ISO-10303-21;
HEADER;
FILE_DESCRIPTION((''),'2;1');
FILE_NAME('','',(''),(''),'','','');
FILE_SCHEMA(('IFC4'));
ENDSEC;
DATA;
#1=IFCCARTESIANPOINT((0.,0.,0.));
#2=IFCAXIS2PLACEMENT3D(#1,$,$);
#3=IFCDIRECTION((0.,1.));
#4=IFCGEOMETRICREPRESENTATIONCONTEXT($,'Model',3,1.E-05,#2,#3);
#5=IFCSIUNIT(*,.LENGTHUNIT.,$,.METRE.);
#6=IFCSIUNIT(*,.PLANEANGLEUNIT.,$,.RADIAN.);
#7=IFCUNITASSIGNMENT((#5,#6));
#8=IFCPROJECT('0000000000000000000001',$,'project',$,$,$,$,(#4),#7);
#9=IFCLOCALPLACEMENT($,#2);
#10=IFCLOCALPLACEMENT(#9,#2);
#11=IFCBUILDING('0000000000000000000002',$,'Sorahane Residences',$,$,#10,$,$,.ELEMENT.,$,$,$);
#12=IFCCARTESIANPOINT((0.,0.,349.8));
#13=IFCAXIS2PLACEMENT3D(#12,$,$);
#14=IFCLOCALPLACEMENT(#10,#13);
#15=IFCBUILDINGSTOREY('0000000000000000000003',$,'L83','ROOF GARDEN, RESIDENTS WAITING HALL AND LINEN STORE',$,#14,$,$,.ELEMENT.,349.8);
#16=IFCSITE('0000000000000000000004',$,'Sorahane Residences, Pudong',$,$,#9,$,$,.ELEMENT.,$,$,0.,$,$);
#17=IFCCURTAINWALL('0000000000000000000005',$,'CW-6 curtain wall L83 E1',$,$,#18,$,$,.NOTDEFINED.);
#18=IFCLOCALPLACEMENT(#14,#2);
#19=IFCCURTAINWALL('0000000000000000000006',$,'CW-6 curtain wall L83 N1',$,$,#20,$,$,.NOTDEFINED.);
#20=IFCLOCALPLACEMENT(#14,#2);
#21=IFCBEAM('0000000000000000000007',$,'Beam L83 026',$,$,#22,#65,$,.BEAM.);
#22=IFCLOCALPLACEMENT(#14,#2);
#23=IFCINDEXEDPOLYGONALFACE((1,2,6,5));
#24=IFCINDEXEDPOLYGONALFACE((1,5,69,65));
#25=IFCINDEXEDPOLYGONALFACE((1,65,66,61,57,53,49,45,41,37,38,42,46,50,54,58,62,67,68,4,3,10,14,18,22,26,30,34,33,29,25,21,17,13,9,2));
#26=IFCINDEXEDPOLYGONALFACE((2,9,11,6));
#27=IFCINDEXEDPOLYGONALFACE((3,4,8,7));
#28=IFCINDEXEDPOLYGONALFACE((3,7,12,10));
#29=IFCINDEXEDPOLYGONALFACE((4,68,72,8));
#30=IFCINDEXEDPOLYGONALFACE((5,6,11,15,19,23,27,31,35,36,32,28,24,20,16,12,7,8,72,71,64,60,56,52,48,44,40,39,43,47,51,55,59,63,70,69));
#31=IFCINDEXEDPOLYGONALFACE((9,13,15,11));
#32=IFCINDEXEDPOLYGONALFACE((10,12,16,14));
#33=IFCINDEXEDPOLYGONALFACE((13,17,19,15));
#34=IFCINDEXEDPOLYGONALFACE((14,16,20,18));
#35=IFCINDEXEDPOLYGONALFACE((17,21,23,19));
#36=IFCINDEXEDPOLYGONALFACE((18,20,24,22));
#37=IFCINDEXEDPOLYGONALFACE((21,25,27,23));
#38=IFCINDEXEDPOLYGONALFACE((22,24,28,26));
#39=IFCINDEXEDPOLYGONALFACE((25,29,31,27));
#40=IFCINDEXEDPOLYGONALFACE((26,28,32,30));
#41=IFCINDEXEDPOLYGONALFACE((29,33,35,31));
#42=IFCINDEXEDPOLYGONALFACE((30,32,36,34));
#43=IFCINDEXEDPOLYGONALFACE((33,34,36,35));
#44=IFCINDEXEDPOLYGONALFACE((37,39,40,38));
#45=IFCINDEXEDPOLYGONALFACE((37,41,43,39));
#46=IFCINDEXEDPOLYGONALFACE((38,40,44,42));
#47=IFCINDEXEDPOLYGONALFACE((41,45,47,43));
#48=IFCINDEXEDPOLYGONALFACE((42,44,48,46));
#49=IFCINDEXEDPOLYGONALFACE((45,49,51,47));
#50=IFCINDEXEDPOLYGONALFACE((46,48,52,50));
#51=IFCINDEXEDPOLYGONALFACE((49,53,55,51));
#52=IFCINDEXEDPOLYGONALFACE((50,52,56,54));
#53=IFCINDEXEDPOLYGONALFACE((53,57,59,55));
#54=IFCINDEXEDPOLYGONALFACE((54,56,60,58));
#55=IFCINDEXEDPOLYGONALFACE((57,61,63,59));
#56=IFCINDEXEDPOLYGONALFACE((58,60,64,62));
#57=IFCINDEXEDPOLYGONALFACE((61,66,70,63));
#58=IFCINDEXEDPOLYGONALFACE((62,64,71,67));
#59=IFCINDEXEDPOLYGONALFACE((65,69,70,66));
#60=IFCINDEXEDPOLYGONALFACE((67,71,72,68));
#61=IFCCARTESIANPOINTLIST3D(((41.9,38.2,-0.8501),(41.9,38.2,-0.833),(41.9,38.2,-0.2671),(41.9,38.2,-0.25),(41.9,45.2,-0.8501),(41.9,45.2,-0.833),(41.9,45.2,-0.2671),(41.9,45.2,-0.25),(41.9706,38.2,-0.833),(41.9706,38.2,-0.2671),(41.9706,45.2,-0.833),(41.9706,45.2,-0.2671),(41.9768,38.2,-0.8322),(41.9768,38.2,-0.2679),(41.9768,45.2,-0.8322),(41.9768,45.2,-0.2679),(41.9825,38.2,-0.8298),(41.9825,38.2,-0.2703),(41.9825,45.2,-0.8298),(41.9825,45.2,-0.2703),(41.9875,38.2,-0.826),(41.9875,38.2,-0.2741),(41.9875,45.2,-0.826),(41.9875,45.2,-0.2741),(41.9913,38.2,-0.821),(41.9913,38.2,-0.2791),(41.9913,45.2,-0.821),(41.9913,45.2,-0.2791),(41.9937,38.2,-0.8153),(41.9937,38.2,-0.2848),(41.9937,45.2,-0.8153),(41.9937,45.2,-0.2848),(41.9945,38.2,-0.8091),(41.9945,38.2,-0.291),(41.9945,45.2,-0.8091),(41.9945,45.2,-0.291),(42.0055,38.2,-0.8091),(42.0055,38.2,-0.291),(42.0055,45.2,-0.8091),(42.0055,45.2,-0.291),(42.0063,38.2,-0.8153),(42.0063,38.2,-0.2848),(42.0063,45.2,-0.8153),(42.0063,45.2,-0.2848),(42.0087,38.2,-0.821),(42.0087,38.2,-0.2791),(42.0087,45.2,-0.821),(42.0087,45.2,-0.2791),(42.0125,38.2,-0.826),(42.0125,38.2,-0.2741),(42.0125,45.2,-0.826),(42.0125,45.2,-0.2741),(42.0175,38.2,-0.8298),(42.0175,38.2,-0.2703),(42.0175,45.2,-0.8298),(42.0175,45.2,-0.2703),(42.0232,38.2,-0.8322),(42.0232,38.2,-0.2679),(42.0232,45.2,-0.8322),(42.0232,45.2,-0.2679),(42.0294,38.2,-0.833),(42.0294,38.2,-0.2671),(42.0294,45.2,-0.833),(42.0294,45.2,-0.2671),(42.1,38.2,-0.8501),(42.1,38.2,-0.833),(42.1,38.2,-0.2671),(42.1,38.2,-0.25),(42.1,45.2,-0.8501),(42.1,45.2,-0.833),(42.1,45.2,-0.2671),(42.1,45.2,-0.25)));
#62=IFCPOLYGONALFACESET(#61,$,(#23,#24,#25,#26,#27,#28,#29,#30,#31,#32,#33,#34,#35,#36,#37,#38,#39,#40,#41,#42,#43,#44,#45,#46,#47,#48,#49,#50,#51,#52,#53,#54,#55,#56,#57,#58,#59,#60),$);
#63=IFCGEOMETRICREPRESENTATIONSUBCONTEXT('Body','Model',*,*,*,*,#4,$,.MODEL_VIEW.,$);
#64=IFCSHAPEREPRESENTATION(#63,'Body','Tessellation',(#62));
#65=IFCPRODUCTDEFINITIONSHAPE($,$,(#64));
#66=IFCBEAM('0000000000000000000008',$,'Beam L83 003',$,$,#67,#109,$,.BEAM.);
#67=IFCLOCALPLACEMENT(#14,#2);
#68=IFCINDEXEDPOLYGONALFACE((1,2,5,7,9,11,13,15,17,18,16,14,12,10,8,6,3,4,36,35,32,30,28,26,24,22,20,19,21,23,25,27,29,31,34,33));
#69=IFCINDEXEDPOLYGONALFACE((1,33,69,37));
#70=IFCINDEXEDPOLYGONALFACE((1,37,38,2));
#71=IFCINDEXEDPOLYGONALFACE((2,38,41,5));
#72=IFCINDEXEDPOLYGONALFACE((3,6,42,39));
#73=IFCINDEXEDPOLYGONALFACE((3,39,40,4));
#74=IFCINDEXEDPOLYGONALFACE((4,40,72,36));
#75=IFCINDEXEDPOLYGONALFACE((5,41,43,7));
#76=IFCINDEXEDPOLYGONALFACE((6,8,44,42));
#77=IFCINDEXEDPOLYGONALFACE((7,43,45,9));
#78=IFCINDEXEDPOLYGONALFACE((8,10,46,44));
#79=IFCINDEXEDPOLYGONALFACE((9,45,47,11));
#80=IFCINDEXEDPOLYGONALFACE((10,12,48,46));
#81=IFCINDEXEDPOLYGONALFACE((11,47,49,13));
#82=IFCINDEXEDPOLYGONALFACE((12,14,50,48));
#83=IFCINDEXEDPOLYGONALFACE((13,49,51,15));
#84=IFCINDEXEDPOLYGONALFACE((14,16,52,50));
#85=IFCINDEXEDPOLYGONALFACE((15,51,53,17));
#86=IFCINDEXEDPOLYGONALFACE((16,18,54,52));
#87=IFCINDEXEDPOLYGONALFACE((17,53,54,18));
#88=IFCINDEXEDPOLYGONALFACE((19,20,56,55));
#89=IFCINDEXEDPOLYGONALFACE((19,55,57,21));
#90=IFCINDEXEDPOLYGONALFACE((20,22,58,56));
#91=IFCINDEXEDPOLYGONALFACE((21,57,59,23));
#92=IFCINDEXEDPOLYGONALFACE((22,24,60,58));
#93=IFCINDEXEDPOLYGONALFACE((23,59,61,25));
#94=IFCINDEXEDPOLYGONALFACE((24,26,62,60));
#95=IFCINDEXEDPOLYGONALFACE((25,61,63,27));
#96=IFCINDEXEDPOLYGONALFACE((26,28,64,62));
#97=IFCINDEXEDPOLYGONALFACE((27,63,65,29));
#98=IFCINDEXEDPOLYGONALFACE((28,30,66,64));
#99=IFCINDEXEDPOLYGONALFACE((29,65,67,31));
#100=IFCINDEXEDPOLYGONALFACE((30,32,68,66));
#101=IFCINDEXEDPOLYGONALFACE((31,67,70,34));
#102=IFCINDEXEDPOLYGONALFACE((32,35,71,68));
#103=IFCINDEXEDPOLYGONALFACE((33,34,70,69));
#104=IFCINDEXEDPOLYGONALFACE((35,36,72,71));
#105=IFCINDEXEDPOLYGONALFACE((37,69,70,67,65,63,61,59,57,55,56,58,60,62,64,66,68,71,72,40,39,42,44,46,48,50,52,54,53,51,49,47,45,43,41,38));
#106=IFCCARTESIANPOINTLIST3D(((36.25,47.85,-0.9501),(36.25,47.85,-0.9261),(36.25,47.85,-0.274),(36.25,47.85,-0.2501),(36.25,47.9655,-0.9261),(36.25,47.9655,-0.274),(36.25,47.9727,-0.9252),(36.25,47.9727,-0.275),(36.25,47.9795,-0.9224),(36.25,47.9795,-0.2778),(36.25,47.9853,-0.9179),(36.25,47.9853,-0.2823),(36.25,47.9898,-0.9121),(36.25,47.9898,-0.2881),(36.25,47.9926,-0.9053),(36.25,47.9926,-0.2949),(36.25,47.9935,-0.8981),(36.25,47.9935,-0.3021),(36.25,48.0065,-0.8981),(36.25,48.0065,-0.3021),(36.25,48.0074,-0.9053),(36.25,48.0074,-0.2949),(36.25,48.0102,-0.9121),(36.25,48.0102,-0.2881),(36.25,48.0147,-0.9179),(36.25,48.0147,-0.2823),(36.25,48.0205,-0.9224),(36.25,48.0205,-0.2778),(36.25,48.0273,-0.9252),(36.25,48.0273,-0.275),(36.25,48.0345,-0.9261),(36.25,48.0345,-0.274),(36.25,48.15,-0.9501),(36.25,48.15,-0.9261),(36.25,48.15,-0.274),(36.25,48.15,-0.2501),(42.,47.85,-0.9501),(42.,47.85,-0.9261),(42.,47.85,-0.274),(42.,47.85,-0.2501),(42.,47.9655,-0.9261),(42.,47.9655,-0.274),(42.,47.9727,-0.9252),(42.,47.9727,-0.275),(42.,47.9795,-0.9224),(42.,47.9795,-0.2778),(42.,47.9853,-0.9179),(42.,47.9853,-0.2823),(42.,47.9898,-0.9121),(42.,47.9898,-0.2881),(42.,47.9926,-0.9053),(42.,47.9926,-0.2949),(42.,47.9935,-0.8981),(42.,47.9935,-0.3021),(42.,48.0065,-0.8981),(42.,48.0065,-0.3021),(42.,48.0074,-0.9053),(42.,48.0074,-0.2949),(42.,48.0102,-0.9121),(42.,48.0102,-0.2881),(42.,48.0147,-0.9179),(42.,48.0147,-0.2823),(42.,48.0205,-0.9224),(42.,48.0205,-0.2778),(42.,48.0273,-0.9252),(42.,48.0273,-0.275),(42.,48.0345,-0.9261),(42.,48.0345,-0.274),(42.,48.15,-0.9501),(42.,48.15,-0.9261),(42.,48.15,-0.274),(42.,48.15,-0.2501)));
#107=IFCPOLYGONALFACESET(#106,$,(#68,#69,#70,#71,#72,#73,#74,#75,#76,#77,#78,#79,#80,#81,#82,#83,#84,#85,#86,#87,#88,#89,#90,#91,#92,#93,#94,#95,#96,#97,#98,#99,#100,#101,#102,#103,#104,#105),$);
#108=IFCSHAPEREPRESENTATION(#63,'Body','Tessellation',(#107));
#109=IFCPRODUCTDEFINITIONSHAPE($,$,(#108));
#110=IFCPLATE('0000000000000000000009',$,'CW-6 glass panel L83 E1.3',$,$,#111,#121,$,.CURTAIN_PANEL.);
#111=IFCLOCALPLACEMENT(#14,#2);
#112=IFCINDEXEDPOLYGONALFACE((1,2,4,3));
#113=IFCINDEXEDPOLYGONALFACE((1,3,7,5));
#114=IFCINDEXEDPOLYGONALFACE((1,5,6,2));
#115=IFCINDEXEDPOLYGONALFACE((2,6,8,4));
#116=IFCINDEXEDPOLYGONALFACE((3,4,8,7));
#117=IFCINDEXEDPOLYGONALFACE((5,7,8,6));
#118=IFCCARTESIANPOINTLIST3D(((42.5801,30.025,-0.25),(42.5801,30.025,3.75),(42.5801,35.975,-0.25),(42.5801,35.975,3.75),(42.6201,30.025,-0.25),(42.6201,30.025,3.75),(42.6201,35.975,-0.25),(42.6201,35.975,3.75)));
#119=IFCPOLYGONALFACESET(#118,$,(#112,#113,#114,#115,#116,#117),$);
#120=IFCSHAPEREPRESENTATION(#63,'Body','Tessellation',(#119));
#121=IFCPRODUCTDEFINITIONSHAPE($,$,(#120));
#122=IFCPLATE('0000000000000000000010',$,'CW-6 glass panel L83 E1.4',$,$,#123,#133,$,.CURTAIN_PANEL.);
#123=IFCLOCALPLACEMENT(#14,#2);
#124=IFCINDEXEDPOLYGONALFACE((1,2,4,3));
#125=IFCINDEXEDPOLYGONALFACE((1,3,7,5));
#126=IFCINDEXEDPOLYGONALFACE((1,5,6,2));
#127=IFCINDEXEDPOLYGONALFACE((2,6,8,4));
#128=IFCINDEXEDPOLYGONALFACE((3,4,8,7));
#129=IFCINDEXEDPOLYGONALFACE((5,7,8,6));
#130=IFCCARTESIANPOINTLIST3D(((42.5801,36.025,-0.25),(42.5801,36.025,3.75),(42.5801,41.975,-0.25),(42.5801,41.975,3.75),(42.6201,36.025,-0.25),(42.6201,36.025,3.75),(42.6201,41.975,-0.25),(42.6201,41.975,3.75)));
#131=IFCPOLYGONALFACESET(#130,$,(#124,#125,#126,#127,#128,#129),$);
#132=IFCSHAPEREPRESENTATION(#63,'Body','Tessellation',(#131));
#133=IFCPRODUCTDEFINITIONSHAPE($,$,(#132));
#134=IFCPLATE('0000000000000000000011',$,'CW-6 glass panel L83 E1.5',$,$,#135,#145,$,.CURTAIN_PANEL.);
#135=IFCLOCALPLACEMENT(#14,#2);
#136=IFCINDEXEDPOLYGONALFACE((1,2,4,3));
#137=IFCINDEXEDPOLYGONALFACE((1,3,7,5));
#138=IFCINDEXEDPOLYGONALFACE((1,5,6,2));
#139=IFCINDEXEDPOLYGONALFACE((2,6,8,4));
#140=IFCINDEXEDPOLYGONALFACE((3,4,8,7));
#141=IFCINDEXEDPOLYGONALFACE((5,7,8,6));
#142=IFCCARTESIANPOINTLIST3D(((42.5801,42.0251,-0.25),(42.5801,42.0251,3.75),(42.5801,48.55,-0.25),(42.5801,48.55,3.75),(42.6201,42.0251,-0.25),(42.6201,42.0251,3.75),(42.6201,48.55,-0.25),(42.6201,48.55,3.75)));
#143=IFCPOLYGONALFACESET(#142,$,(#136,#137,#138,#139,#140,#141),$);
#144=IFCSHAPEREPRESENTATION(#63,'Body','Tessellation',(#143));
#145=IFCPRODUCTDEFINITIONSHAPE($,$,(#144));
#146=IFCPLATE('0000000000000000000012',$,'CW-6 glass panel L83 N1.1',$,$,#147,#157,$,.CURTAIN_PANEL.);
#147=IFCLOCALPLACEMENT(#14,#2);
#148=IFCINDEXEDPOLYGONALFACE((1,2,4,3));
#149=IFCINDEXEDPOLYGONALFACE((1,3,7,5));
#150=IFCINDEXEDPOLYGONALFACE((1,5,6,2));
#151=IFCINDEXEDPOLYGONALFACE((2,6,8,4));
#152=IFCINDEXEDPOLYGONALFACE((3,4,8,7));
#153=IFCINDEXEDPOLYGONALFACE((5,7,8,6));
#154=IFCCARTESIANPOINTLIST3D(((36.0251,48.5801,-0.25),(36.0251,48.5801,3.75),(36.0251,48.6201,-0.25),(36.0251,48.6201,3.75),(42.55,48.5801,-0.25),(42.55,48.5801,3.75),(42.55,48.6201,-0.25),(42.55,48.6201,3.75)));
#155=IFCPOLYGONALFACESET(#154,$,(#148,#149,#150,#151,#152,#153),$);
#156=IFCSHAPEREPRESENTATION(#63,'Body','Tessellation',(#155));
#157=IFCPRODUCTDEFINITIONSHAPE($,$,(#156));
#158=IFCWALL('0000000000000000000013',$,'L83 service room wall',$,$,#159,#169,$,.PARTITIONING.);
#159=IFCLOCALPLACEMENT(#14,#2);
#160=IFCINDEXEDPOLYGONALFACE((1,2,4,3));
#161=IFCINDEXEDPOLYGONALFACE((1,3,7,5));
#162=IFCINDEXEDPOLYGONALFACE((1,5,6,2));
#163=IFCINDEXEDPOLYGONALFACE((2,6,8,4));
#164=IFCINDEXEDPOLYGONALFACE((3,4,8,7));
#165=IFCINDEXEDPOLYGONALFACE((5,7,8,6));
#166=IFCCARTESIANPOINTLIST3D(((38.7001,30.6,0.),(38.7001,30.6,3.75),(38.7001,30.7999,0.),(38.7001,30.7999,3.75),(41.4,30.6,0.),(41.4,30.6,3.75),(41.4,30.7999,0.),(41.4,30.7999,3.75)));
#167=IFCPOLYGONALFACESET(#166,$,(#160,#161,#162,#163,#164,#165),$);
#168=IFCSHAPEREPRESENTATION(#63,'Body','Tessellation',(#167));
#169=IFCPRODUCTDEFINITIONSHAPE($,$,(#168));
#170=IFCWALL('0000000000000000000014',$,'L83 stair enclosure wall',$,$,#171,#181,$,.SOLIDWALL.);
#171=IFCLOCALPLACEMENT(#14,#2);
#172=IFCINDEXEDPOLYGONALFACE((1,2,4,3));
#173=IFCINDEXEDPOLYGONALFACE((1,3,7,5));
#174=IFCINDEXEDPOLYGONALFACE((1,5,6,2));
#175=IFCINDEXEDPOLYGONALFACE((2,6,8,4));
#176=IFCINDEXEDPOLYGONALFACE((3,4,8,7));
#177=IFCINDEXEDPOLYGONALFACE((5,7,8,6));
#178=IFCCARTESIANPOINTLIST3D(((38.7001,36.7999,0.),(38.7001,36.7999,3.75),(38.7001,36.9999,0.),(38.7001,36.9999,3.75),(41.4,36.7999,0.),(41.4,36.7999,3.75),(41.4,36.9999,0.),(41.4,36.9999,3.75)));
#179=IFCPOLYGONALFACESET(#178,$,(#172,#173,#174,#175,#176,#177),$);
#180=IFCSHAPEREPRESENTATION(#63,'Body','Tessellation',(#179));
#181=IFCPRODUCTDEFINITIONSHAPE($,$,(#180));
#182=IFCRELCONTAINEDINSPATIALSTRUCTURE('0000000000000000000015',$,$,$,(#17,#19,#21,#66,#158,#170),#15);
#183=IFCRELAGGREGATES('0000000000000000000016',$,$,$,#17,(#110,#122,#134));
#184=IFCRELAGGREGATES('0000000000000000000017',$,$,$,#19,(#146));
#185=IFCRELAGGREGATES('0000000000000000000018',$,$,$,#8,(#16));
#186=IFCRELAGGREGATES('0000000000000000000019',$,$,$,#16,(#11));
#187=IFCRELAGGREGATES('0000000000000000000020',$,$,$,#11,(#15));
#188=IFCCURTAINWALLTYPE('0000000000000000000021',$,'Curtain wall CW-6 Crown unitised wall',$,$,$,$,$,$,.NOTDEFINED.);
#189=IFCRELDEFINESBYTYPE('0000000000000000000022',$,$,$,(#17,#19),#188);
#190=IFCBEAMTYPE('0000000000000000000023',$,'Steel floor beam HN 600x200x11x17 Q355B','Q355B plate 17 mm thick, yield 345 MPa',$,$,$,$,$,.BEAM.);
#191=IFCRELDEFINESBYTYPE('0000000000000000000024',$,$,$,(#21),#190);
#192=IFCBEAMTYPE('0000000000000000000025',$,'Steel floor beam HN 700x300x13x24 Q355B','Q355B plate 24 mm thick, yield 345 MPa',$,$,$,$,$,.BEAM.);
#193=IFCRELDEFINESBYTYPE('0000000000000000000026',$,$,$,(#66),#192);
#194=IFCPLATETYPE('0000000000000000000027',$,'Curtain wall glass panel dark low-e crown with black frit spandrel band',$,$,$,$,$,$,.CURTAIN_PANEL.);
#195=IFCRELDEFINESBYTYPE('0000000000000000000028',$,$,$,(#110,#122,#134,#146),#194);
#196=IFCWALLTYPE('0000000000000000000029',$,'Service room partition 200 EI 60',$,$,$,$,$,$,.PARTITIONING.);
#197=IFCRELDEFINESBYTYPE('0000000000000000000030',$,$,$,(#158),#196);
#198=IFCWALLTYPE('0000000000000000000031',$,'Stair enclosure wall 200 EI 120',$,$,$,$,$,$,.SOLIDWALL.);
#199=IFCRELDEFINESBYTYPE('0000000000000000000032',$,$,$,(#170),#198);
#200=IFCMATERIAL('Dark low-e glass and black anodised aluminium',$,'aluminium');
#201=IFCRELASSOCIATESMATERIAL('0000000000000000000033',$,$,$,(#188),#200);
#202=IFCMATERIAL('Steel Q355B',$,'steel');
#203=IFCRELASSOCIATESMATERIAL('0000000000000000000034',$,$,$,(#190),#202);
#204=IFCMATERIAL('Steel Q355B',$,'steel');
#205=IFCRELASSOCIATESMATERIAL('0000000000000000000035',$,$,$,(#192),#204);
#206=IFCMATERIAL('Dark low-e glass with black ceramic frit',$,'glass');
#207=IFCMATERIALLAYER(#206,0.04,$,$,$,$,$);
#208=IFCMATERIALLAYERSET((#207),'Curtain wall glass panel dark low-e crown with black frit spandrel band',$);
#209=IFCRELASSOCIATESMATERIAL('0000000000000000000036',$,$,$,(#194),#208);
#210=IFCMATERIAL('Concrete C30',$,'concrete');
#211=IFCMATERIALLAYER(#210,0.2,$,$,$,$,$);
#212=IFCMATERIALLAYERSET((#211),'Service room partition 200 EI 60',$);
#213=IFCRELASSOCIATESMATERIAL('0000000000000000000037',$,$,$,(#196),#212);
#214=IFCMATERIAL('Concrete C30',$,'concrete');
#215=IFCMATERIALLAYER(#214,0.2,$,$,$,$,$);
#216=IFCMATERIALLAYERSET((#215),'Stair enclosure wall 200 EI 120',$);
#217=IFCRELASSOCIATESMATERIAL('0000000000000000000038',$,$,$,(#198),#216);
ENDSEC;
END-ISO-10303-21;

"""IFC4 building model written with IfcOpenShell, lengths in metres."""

from ifc_helpers import new_model, si_unit, direction, frame, frame_2d, origin, origin_2d, place, context, subcontext, project, spatial, rectangle, i_section, extrude, material, layer, layer_set, material_profile, profile_set, type_object, element, aggregate, save


model = new_model("IFC4")

# Units and contexts
model_context = context("Model", 3, precision=1e-05, world=origin(), true_north=direction((0.0, 1.0)))
body_context = subcontext(model_context, "Body", "Model", "MODEL_VIEW")
ifc_project = project(units=[si_unit("LENGTHUNIT", "METRE"), si_unit("PLANEANGLEUNIT", "RADIAN")], contexts=[model_context])

# Site, building, storey
site_placement = place(None, origin())
site = spatial("IfcSite", under=ifc_project, at=site_placement, Name="Sorahane Residences, Pudong", CompositionType="ELEMENT", RefElevation=0.0)
building_placement = place(site_placement, origin())
building = spatial("IfcBuilding", under=site, at=building_placement, Name="Sorahane Residences", CompositionType="ELEMENT")
storey_placement = place(building_placement, frame((0.0, 0.0, 349.8)))
storey = spatial("IfcBuildingStorey", under=building, at=storey_placement, Name="L83", Description="ROOF GARDEN, RESIDENTS WAITING HALL AND LINEN STORE", CompositionType="ELEMENT", Elevation=349.8)

# Curtain walls
ifc_material_1 = material(Name="Dark low-e glass and black anodised aluminium", Category="aluminium")
curtain_wall_type = type_object("IfcCurtainWallType", Name="Curtain wall CW-6 Crown unitised wall", PredefinedType="NOTDEFINED", material=ifc_material_1)
curtain_wall_1_placement = place(storey_placement, origin())
curtain_wall_1 = element("IfcCurtainWall", 1, at=curtain_wall_1_placement, inside=storey, type_object=curtain_wall_type, Name="CW-6 curtain wall L83 E1", PredefinedType="NOTDEFINED")
curtain_wall_2_placement = place(storey_placement, origin())
curtain_wall_2 = element("IfcCurtainWall", 2, at=curtain_wall_2_placement, inside=storey, type_object=curtain_wall_type, Name="CW-6 curtain wall L83 N1", PredefinedType="NOTDEFINED")

# Beams
ifc_material_2 = material(Name="Steel Q355B", Category="steel")
ifc_material_profile_1 = material_profile(ifc_material_2, i_section(OverallWidth=0.2, OverallDepth=0.6001, WebThickness=0.011, FlangeThickness=0.0171, FilletRadius=0.0239, at=origin_2d()), Name="HN 600x200x11x17")
ifc_profile_set_1 = profile_set([ifc_material_profile_1], Name="Steel Q355B")
beam_type_1 = type_object("IfcBeamType", Name="Steel floor beam HN 600x200x11x17 Q355B", Description="Q355B plate 17 mm thick, yield 345 MPa", PredefinedType="BEAM", material=ifc_profile_set_1)
for number, where, z_axis, x_axis, name in (
    (3, (42.0, 38.2, -0.55), (0.0, 1.0, 0.0), (-1.0, 0.0, 0.0), "Beam L83 026"),
):
    element("IfcBeam", number, at=place(storey_placement, frame(where, z_axis=z_axis, x_axis=x_axis)), inside=storey, type_object=beam_type_1, Name=name, PredefinedType="BEAM", context=body_context, shape_type="SweptSolid", body=[
        extrude(i_section(OverallWidth=0.2, OverallDepth=0.6001, WebThickness=0.011, FlangeThickness=0.0171, FilletRadius=0.0239, at=origin_2d()), origin(), (0.0, 0.0, 1.0), 7.0),
    ])
ifc_material_3 = material(Name="Steel Q355B", Category="steel")
ifc_material_profile_2 = material_profile(ifc_material_3, i_section(OverallWidth=0.3, OverallDepth=0.7, WebThickness=0.0129, FlangeThickness=0.0239, FilletRadius=0.0281, at=origin_2d()), Name="HN 700x300x13x24")
ifc_profile_set_2 = profile_set([ifc_material_profile_2], Name="Steel Q355B")
beam_type_2 = type_object("IfcBeamType", Name="Steel floor beam HN 700x300x13x24 Q355B", Description="Q355B plate 24 mm thick, yield 345 MPa", PredefinedType="BEAM", material=ifc_profile_set_2)
beam_1_placement = place(storey_placement, frame((36.25, 48.0, -0.6001), z_axis=(1.0, 0.0, 0.0), x_axis=(0.0, 1.0, 0.0)))
element("IfcBeam", 4, at=beam_1_placement, inside=storey, type_object=beam_type_2, Name="Beam L83 003", PredefinedType="BEAM", context=body_context, shape_type="SweptSolid", body=[
    extrude(i_section(OverallWidth=0.3, OverallDepth=0.7, WebThickness=0.0129, FlangeThickness=0.0239, FilletRadius=0.0281, at=origin_2d()), origin(), (0.0, 0.0, 1.0), 5.75),
])

# Plates
ifc_material_4 = material(Name="Dark low-e glass with black ceramic frit", Category="glass")
ifc_layer_1 = layer(ifc_material_4, 0.04)
ifc_layer_set_1 = layer_set([ifc_layer_1], Name="Curtain wall glass panel dark low-e crown with black frit spandrel band")
plate_type = type_object("IfcPlateType", Name="Curtain wall glass panel dark low-e crown with black frit spandrel band", PredefinedType="CURTAIN_PANEL", material=ifc_layer_set_1)
plate_1_placement = place(storey_placement, frame((42.6001, 33.0, -0.25), z_axis=(0.0, 0.0, 1.0), x_axis=(0.0, 1.0, 0.0)))
plate_1 = element("IfcPlate", 5, at=plate_1_placement, type_object=plate_type, Name="CW-6 glass panel L83 E1.3", PredefinedType="CURTAIN_PANEL", context=body_context, shape_type="SweptSolid", body=[
    extrude(rectangle(XDim=5.95, YDim=0.04, at=origin_2d()), origin(), (0.0, 0.0, 1.0), 4.0),
])
plate_2_placement = place(storey_placement, frame((42.6001, 39.0, -0.25), z_axis=(0.0, 0.0, 1.0), x_axis=(0.0, 1.0, 0.0)))
plate_2 = element("IfcPlate", 6, at=plate_2_placement, type_object=plate_type, Name="CW-6 glass panel L83 E1.4", PredefinedType="CURTAIN_PANEL", context=body_context, shape_type="SweptSolid", body=[
    extrude(rectangle(XDim=5.95, YDim=0.04, at=origin_2d()), origin(), (0.0, 0.0, 1.0), 4.0),
])
plate_3_placement = place(storey_placement, frame((42.6001, 45.2876, -0.25), z_axis=(0.0, 0.0, 1.0), x_axis=(0.0, 1.0, 0.0)))
plate_3 = element("IfcPlate", 7, at=plate_3_placement, type_object=plate_type, Name="CW-6 glass panel L83 E1.5", PredefinedType="CURTAIN_PANEL", context=body_context, shape_type="SweptSolid", body=[
    extrude(rectangle(XDim=6.5249, YDim=0.04, at=origin_2d()), origin(), (0.0, 0.0, 1.0), 4.0),
])
aggregate(curtain_wall_1, [plate_1, plate_2, plate_3])
plate_4_placement = place(storey_placement, frame((39.2876, 48.6001, -0.25), z_axis=(0.0, 0.0, 1.0), x_axis=(-1.0, 0.0, 0.0)))
plate_4 = element("IfcPlate", 8, at=plate_4_placement, type_object=plate_type, Name="CW-6 glass panel L83 N1.1", PredefinedType="CURTAIN_PANEL", context=body_context, shape_type="SweptSolid", body=[
    extrude(rectangle(XDim=6.5249, YDim=0.04, at=origin_2d()), origin(), (0.0, 0.0, 1.0), 4.0),
])
aggregate(curtain_wall_2, [plate_4])

# Walls
ifc_material_5 = material(Name="Concrete C30", Category="concrete")
ifc_layer_2 = layer(ifc_material_5, 0.2)
ifc_layer_set_2 = layer_set([ifc_layer_2], Name="Service room partition 200 EI 60")
wall_type_1 = type_object("IfcWallType", Name="Service room partition 200 EI 60", PredefinedType="PARTITIONING", material=ifc_layer_set_2)
wall_1_placement = place(storey_placement, frame((38.7, 30.7, 0.0), z_axis=(0.0, 0.0, 1.0), x_axis=(1.0, 0.0, 0.0)))
element("IfcWall", 9, at=wall_1_placement, inside=storey, type_object=wall_type_1, Name="L83 service room wall", PredefinedType="PARTITIONING", context=body_context, shape_type="SweptSolid", body=[
    extrude(rectangle(XDim=2.7, YDim=0.2, at=frame_2d((1.3501, 0.0))), origin(), (0.0, 0.0, 1.0), 3.75),
])
ifc_material_6 = material(Name="Concrete C30", Category="concrete")
ifc_layer_3 = layer(ifc_material_6, 0.2)
ifc_layer_set_3 = layer_set([ifc_layer_3], Name="Stair enclosure wall 200 EI 120")
wall_type_2 = type_object("IfcWallType", Name="Stair enclosure wall 200 EI 120", PredefinedType="SOLIDWALL", material=ifc_layer_set_3)
wall_2_placement = place(storey_placement, frame((38.7, 36.8999, 0.0), z_axis=(0.0, 0.0, 1.0), x_axis=(1.0, 0.0, 0.0)))
element("IfcWall", 10, at=wall_2_placement, inside=storey, type_object=wall_type_2, Name="L83 stair enclosure wall", PredefinedType="SOLIDWALL", context=body_context, shape_type="SweptSolid", body=[
    extrude(rectangle(XDim=2.7, YDim=0.2, at=frame_2d((1.3501, 0.0))), origin(), (0.0, 0.0, 1.0), 3.75),
])

save(model, "model.ifc")
